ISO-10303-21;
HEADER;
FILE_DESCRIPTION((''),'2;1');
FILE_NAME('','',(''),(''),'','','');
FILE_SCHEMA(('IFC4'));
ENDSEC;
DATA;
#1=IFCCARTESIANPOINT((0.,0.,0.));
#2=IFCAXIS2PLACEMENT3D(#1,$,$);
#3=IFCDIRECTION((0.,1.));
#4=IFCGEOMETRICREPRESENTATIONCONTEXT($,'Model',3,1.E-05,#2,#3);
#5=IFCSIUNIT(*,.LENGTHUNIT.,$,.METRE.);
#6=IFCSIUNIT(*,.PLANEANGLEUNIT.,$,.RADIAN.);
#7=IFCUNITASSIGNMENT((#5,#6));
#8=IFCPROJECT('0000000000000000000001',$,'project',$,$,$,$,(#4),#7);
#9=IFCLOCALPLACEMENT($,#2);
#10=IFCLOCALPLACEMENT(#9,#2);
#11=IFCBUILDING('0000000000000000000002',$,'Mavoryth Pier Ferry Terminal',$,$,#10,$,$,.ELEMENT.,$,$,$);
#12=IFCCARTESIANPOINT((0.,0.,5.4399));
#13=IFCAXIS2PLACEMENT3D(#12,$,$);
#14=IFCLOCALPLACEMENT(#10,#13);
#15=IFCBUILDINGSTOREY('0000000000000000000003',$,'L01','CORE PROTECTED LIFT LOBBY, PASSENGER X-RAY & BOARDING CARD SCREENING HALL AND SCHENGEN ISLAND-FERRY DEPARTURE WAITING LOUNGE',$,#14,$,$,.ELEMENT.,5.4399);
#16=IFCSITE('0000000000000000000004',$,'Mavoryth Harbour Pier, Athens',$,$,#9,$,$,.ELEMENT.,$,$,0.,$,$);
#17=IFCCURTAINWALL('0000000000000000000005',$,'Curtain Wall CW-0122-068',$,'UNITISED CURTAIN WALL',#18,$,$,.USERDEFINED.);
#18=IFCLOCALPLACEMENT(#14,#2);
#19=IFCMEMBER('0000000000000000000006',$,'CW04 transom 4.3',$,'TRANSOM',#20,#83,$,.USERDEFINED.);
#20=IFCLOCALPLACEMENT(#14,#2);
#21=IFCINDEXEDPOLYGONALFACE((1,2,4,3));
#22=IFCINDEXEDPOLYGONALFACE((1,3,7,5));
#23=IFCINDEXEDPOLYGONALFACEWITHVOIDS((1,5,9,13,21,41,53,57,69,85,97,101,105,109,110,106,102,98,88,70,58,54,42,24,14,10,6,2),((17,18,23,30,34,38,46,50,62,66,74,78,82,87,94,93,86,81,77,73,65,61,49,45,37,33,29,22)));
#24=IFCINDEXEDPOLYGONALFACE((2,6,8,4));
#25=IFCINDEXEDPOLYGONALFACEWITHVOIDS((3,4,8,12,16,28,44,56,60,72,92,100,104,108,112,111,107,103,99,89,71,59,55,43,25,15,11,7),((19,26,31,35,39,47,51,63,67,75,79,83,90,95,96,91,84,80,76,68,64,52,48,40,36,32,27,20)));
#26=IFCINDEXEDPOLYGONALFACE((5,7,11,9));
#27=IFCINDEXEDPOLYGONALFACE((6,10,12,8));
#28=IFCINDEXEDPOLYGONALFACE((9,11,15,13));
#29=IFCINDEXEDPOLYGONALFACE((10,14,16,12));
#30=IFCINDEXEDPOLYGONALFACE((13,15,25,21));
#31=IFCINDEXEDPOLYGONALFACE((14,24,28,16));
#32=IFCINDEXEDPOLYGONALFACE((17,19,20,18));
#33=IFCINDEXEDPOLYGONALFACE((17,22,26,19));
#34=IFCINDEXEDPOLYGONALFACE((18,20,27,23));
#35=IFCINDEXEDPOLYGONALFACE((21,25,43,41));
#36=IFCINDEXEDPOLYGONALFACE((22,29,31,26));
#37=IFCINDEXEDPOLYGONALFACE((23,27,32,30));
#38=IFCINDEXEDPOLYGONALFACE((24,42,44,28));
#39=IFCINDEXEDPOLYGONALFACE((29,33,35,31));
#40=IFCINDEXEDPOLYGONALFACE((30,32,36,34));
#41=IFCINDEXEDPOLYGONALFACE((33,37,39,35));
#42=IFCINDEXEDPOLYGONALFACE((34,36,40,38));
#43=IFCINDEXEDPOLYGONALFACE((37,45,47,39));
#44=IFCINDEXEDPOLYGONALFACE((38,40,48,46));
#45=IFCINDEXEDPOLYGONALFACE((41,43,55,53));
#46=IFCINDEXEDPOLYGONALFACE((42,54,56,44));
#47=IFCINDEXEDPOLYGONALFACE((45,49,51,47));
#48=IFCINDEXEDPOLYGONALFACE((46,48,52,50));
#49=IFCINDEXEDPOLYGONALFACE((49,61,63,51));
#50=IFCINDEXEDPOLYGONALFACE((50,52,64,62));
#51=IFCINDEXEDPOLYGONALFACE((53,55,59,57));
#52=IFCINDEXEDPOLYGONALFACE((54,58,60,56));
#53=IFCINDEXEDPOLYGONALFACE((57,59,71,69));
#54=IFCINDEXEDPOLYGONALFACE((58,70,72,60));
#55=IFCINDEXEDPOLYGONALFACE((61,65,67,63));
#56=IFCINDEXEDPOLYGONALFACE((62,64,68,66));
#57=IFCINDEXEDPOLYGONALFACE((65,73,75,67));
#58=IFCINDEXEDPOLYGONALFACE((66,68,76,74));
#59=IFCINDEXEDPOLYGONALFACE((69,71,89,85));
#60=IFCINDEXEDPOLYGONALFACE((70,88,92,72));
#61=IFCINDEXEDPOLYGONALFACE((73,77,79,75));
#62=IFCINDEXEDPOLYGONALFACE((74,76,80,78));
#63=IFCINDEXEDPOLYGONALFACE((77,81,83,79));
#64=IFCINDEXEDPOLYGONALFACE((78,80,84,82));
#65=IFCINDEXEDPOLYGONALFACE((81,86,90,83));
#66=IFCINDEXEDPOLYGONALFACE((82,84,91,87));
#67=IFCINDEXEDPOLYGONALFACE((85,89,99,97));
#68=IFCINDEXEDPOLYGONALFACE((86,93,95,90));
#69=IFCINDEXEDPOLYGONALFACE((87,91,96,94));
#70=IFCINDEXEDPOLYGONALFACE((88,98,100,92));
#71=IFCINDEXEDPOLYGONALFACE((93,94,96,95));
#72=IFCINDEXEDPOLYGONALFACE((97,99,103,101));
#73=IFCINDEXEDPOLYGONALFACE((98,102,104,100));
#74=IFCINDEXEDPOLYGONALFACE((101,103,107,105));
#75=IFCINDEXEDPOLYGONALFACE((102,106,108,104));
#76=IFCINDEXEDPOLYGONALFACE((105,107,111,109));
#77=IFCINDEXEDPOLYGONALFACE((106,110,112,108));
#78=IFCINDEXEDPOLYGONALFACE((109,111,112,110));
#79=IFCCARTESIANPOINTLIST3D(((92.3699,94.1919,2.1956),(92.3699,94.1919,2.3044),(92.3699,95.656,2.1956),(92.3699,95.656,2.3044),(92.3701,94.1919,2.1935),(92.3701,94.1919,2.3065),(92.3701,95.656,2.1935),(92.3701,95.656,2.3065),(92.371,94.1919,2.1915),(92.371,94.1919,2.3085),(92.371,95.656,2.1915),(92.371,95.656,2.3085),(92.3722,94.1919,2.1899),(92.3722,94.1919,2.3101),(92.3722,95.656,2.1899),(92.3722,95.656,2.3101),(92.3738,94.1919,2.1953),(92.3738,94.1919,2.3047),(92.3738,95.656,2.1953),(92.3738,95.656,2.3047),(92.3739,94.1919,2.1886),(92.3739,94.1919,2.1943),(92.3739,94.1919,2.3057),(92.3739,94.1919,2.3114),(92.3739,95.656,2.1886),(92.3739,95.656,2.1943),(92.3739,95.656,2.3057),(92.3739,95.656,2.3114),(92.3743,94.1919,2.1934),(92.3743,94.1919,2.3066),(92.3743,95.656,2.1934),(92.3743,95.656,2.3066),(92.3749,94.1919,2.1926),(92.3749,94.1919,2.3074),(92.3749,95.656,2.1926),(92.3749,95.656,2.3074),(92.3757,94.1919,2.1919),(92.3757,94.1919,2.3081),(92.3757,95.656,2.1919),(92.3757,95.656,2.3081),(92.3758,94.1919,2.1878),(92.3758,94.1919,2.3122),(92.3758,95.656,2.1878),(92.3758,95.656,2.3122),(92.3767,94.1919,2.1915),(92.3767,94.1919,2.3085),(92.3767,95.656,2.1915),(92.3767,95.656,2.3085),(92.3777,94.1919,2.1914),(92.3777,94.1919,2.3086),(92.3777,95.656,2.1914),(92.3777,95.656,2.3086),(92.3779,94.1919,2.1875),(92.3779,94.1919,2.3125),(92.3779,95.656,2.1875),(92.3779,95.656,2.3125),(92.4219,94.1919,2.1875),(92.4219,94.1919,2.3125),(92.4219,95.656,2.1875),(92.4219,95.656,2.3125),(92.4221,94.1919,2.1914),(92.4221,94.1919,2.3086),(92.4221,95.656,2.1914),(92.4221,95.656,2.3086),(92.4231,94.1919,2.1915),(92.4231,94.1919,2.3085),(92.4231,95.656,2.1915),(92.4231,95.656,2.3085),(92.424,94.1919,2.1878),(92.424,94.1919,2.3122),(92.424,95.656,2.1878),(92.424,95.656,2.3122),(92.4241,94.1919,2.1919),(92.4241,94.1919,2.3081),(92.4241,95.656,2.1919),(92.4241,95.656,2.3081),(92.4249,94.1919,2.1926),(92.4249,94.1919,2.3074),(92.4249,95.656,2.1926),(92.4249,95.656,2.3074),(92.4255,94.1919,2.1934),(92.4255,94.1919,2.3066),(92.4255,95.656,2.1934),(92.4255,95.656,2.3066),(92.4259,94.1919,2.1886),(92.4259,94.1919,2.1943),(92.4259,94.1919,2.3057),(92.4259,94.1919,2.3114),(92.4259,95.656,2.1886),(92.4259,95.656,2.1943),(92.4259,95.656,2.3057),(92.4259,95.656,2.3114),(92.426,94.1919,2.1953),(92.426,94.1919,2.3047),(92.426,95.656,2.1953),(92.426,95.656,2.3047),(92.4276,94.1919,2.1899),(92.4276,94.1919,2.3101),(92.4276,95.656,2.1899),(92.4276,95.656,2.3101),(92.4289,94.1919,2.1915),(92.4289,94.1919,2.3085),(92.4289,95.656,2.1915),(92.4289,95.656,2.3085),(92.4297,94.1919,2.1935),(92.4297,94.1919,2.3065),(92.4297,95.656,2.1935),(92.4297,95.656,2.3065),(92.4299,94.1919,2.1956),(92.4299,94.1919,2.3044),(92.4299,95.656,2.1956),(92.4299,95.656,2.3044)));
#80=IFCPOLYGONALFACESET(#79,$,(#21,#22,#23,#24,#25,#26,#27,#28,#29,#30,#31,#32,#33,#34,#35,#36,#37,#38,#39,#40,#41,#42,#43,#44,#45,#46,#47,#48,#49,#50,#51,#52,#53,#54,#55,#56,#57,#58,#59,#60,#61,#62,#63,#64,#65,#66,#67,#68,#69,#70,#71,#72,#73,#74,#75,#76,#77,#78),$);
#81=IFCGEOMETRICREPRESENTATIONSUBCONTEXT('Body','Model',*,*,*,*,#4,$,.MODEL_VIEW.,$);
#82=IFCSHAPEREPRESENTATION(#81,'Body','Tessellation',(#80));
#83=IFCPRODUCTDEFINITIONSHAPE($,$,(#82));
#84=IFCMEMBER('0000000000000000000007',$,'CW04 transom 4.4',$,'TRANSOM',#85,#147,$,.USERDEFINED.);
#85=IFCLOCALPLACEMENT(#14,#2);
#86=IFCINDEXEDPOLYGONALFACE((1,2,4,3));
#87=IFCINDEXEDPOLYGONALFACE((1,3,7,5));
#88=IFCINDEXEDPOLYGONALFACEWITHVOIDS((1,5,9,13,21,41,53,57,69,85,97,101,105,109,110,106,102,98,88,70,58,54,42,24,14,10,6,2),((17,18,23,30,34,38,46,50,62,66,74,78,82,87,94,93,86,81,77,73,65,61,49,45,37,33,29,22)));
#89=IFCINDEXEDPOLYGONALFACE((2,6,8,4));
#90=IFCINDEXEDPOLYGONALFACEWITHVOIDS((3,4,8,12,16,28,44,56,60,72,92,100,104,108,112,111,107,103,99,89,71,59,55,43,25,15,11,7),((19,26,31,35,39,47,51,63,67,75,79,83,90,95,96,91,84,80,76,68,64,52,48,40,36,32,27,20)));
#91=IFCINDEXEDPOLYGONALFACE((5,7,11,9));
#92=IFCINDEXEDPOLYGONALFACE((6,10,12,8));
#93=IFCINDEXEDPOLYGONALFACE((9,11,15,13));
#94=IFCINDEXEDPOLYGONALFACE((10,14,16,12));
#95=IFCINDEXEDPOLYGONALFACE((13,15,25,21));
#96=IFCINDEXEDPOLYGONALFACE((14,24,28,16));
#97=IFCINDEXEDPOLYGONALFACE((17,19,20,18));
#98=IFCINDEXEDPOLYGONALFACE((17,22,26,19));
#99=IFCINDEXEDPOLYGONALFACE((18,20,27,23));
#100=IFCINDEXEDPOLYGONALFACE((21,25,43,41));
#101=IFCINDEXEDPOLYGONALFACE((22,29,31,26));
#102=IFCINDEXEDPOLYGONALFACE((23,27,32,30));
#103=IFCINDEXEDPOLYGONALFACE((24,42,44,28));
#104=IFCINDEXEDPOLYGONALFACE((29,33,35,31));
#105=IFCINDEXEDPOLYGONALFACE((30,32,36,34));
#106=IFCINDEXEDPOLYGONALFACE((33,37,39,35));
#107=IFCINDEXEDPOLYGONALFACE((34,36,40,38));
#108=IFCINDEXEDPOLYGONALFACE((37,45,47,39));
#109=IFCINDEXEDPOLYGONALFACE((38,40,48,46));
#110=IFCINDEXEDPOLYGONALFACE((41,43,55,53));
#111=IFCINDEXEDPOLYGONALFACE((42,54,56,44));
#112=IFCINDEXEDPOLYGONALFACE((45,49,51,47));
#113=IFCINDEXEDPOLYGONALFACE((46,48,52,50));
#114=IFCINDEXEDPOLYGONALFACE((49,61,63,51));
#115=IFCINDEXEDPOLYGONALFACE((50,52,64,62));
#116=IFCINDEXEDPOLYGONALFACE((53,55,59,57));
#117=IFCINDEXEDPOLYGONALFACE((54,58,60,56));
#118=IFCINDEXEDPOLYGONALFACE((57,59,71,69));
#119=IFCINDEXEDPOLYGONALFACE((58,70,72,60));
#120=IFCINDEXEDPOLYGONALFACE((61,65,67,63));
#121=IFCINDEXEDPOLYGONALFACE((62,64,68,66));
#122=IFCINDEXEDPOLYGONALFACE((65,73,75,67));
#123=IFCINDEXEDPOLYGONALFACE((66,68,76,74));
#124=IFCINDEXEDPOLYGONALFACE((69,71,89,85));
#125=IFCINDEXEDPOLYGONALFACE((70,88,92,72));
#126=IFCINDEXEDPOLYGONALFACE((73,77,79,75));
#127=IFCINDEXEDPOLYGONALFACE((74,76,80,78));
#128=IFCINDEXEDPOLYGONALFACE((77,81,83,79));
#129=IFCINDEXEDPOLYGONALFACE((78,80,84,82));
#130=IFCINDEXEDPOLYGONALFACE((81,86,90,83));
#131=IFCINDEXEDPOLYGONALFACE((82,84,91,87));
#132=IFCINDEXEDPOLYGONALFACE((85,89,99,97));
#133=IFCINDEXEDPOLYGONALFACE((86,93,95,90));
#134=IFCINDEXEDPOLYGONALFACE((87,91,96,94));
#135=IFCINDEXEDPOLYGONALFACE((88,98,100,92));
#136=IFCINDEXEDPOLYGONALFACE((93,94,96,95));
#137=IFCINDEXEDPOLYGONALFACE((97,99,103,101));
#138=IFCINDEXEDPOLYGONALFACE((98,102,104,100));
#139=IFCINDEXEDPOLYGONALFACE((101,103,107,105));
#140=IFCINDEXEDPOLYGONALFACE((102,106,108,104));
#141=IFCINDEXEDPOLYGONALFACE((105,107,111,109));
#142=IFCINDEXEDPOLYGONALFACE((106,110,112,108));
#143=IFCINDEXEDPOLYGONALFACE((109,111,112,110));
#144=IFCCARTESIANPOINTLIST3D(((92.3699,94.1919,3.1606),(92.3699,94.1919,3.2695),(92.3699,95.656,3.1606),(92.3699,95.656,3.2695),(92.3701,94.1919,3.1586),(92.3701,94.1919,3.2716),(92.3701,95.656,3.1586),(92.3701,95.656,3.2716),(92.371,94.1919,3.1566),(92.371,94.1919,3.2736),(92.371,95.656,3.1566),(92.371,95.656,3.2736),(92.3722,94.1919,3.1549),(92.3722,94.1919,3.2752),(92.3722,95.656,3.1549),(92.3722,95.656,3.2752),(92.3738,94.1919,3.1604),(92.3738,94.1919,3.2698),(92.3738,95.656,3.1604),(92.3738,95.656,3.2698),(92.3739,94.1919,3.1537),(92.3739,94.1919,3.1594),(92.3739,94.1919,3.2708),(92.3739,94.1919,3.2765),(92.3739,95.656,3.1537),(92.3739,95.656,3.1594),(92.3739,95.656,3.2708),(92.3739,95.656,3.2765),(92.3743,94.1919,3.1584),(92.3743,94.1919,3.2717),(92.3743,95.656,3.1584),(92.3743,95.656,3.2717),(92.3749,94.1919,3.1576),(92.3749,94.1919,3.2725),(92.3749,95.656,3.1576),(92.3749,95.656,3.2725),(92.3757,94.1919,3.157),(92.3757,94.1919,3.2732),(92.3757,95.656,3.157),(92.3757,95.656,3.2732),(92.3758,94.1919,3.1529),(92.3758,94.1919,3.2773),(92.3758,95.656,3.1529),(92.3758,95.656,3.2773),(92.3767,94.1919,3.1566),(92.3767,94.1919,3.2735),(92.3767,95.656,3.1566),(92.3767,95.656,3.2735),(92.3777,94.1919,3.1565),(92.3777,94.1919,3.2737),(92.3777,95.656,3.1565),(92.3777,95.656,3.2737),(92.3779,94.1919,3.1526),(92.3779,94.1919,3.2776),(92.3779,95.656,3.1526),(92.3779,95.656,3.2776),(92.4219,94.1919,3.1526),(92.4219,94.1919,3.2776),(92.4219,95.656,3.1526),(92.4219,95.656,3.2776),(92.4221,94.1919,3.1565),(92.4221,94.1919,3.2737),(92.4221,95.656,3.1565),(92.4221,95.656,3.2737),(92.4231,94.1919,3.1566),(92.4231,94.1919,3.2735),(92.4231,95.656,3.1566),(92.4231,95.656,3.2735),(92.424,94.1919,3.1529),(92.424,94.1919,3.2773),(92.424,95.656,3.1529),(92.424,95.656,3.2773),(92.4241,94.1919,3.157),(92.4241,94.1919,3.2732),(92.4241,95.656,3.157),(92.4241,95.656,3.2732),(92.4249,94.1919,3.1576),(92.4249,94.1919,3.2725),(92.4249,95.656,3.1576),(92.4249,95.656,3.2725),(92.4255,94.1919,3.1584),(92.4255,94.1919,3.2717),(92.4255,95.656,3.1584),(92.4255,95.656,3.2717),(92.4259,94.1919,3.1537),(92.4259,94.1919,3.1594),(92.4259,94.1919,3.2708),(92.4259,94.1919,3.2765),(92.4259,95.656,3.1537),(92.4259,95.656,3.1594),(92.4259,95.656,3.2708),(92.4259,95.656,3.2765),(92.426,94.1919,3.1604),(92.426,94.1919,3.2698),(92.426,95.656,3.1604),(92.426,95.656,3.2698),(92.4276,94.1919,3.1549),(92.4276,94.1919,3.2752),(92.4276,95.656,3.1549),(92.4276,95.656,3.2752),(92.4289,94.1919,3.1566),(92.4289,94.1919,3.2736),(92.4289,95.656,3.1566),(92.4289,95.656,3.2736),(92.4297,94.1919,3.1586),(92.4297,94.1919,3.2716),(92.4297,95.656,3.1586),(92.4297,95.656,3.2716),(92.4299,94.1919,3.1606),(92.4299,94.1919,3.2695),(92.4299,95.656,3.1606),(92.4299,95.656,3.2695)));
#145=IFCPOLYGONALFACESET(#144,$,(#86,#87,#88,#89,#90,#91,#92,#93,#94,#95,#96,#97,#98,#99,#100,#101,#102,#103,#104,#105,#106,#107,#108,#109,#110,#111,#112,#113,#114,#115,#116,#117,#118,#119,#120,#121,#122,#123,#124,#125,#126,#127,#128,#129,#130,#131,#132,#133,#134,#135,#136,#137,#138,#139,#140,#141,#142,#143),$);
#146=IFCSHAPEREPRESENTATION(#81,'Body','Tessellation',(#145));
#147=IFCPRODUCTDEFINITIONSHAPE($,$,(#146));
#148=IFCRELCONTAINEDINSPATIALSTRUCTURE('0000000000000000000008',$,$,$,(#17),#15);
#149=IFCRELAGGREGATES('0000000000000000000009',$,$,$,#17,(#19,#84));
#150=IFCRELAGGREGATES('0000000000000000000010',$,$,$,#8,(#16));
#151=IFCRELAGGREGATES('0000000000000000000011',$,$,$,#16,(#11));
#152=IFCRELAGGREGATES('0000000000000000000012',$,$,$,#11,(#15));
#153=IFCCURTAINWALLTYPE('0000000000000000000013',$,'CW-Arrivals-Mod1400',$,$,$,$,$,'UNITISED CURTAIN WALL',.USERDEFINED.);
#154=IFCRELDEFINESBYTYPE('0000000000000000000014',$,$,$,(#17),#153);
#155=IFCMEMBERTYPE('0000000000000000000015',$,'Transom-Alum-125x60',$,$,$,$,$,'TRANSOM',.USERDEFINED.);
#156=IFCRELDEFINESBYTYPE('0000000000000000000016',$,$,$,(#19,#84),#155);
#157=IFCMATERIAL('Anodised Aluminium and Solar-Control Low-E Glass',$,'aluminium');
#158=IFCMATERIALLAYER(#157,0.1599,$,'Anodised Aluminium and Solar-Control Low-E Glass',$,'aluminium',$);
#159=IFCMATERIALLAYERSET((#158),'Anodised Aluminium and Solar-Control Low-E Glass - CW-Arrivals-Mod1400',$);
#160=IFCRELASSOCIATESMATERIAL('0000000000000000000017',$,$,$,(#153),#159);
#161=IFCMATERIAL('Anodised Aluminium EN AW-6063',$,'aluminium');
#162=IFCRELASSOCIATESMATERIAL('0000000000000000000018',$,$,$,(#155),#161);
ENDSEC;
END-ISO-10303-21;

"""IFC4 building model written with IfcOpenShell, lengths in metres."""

from ifc_helpers import new_model, si_unit, direction, frame, origin, origin_2d, place, context, subcontext, project, spatial, hollow_rectangle, extrude, material, layer, layer_set, material_profile, profile_set, type_object, element, aggregate, save


model = new_model("IFC4")

# Units and contexts
model_context = context("Model", 3, precision=1e-05, world=origin(), true_north=direction((0.0, 1.0)))
body_context = subcontext(model_context, "Body", "Model", "MODEL_VIEW")
ifc_project = project(units=[si_unit("LENGTHUNIT", "METRE"), si_unit("PLANEANGLEUNIT", "RADIAN")], contexts=[model_context])

# Site, building, storey
site_placement = place(None, origin())
site = spatial("IfcSite", under=ifc_project, at=site_placement, Name="Mavoryth Harbour Pier, Athens", CompositionType="ELEMENT", RefElevation=0.0)
building_placement = place(site_placement, origin())
building = spatial("IfcBuilding", under=site, at=building_placement, Name="Mavoryth Pier Ferry Terminal", CompositionType="ELEMENT")
storey_placement = place(building_placement, frame((0.0, 0.0, 5.4399)))
storey = spatial("IfcBuildingStorey", under=building, at=storey_placement, Name="L01", Description="CORE PROTECTED LIFT LOBBY, PASSENGER X-RAY & BOARDING CARD SCREENING HALL AND SCHENGEN ISLAND-FERRY DEPARTURE WAITING LOUNGE", CompositionType="ELEMENT", Elevation=5.4399)

# Curtain wall, members
ifc_material_1 = material(Name="Anodised Aluminium and Solar-Control Low-E Glass", Category="aluminium")
ifc_layer_1 = layer(ifc_material_1, 0.1599, Name="Anodised Aluminium and Solar-Control Low-E Glass", Category="aluminium")
ifc_layer_set_1 = layer_set([ifc_layer_1], Name="Anodised Aluminium and Solar-Control Low-E Glass - CW-Arrivals-Mod1400")
curtain_wall_type = type_object("IfcCurtainWallType", Name="CW-Arrivals-Mod1400", ElementType="UNITISED CURTAIN WALL", PredefinedType="USERDEFINED", material=ifc_layer_set_1)
curtain_wall_placement = place(storey_placement, origin())
curtain_wall = element("IfcCurtainWall", 1, at=curtain_wall_placement, inside=storey, type_object=curtain_wall_type, Name="Curtain Wall CW-0122-068", ObjectType="UNITISED CURTAIN WALL", PredefinedType="USERDEFINED")
ifc_material_2 = material(Name="Anodised Aluminium EN AW-6063", Category="aluminium")
ifc_material_profile_1 = material_profile(ifc_material_2, hollow_rectangle(XDim=0.0601, YDim=0.125, WallThickness=0.0039, InnerFilletRadius=0.0039, OuterFilletRadius=0.0081, at=origin_2d()), Name="AL-TRAN 125x60x4", Category="aluminium")
ifc_profile_set_1 = profile_set([ifc_material_profile_1], Name="Anodised Aluminium EN AW-6063 - AL-TRAN 125x60x4")
member_type_1 = type_object("IfcMemberType", Name="Transom-Alum-125x60", ElementType="TRANSOM", PredefinedType="USERDEFINED", material=ifc_profile_set_1)
member_1_placement = place(storey_placement, frame((92.3999, 94.1919, 2.25), z_axis=(0.0, 1.0, 0.0), x_axis=(-1.0, 0.0, 0.0)))
member_1 = element("IfcMember", 2, at=member_1_placement, type_object=member_type_1, Name="CW04 transom 4.3", ObjectType="TRANSOM", PredefinedType="USERDEFINED", context=body_context, shape_type="SweptSolid", body=[
    extrude(hollow_rectangle(XDim=0.0601, YDim=0.125, WallThickness=0.0039, InnerFilletRadius=0.0039, OuterFilletRadius=0.0081, at=origin_2d()), origin(), (0.0, 0.0, 1.0), 1.4641),
])
member_2_placement = place(storey_placement, frame((92.3999, 94.1919, 3.2151), z_axis=(0.0, 1.0, 0.0), x_axis=(-1.0, 0.0, 0.0)))
member_2 = element("IfcMember", 3, at=member_2_placement, type_object=member_type_1, Name="CW04 transom 4.4", ObjectType="TRANSOM", PredefinedType="USERDEFINED", context=body_context, shape_type="SweptSolid", body=[
    extrude(hollow_rectangle(XDim=0.0601, YDim=0.125, WallThickness=0.0039, InnerFilletRadius=0.0039, OuterFilletRadius=0.0081, at=origin_2d()), origin(), (0.0, 0.0, 1.0), 1.4641),
])
aggregate(curtain_wall, [member_1, member_2])

save(model, "model.ifc")
